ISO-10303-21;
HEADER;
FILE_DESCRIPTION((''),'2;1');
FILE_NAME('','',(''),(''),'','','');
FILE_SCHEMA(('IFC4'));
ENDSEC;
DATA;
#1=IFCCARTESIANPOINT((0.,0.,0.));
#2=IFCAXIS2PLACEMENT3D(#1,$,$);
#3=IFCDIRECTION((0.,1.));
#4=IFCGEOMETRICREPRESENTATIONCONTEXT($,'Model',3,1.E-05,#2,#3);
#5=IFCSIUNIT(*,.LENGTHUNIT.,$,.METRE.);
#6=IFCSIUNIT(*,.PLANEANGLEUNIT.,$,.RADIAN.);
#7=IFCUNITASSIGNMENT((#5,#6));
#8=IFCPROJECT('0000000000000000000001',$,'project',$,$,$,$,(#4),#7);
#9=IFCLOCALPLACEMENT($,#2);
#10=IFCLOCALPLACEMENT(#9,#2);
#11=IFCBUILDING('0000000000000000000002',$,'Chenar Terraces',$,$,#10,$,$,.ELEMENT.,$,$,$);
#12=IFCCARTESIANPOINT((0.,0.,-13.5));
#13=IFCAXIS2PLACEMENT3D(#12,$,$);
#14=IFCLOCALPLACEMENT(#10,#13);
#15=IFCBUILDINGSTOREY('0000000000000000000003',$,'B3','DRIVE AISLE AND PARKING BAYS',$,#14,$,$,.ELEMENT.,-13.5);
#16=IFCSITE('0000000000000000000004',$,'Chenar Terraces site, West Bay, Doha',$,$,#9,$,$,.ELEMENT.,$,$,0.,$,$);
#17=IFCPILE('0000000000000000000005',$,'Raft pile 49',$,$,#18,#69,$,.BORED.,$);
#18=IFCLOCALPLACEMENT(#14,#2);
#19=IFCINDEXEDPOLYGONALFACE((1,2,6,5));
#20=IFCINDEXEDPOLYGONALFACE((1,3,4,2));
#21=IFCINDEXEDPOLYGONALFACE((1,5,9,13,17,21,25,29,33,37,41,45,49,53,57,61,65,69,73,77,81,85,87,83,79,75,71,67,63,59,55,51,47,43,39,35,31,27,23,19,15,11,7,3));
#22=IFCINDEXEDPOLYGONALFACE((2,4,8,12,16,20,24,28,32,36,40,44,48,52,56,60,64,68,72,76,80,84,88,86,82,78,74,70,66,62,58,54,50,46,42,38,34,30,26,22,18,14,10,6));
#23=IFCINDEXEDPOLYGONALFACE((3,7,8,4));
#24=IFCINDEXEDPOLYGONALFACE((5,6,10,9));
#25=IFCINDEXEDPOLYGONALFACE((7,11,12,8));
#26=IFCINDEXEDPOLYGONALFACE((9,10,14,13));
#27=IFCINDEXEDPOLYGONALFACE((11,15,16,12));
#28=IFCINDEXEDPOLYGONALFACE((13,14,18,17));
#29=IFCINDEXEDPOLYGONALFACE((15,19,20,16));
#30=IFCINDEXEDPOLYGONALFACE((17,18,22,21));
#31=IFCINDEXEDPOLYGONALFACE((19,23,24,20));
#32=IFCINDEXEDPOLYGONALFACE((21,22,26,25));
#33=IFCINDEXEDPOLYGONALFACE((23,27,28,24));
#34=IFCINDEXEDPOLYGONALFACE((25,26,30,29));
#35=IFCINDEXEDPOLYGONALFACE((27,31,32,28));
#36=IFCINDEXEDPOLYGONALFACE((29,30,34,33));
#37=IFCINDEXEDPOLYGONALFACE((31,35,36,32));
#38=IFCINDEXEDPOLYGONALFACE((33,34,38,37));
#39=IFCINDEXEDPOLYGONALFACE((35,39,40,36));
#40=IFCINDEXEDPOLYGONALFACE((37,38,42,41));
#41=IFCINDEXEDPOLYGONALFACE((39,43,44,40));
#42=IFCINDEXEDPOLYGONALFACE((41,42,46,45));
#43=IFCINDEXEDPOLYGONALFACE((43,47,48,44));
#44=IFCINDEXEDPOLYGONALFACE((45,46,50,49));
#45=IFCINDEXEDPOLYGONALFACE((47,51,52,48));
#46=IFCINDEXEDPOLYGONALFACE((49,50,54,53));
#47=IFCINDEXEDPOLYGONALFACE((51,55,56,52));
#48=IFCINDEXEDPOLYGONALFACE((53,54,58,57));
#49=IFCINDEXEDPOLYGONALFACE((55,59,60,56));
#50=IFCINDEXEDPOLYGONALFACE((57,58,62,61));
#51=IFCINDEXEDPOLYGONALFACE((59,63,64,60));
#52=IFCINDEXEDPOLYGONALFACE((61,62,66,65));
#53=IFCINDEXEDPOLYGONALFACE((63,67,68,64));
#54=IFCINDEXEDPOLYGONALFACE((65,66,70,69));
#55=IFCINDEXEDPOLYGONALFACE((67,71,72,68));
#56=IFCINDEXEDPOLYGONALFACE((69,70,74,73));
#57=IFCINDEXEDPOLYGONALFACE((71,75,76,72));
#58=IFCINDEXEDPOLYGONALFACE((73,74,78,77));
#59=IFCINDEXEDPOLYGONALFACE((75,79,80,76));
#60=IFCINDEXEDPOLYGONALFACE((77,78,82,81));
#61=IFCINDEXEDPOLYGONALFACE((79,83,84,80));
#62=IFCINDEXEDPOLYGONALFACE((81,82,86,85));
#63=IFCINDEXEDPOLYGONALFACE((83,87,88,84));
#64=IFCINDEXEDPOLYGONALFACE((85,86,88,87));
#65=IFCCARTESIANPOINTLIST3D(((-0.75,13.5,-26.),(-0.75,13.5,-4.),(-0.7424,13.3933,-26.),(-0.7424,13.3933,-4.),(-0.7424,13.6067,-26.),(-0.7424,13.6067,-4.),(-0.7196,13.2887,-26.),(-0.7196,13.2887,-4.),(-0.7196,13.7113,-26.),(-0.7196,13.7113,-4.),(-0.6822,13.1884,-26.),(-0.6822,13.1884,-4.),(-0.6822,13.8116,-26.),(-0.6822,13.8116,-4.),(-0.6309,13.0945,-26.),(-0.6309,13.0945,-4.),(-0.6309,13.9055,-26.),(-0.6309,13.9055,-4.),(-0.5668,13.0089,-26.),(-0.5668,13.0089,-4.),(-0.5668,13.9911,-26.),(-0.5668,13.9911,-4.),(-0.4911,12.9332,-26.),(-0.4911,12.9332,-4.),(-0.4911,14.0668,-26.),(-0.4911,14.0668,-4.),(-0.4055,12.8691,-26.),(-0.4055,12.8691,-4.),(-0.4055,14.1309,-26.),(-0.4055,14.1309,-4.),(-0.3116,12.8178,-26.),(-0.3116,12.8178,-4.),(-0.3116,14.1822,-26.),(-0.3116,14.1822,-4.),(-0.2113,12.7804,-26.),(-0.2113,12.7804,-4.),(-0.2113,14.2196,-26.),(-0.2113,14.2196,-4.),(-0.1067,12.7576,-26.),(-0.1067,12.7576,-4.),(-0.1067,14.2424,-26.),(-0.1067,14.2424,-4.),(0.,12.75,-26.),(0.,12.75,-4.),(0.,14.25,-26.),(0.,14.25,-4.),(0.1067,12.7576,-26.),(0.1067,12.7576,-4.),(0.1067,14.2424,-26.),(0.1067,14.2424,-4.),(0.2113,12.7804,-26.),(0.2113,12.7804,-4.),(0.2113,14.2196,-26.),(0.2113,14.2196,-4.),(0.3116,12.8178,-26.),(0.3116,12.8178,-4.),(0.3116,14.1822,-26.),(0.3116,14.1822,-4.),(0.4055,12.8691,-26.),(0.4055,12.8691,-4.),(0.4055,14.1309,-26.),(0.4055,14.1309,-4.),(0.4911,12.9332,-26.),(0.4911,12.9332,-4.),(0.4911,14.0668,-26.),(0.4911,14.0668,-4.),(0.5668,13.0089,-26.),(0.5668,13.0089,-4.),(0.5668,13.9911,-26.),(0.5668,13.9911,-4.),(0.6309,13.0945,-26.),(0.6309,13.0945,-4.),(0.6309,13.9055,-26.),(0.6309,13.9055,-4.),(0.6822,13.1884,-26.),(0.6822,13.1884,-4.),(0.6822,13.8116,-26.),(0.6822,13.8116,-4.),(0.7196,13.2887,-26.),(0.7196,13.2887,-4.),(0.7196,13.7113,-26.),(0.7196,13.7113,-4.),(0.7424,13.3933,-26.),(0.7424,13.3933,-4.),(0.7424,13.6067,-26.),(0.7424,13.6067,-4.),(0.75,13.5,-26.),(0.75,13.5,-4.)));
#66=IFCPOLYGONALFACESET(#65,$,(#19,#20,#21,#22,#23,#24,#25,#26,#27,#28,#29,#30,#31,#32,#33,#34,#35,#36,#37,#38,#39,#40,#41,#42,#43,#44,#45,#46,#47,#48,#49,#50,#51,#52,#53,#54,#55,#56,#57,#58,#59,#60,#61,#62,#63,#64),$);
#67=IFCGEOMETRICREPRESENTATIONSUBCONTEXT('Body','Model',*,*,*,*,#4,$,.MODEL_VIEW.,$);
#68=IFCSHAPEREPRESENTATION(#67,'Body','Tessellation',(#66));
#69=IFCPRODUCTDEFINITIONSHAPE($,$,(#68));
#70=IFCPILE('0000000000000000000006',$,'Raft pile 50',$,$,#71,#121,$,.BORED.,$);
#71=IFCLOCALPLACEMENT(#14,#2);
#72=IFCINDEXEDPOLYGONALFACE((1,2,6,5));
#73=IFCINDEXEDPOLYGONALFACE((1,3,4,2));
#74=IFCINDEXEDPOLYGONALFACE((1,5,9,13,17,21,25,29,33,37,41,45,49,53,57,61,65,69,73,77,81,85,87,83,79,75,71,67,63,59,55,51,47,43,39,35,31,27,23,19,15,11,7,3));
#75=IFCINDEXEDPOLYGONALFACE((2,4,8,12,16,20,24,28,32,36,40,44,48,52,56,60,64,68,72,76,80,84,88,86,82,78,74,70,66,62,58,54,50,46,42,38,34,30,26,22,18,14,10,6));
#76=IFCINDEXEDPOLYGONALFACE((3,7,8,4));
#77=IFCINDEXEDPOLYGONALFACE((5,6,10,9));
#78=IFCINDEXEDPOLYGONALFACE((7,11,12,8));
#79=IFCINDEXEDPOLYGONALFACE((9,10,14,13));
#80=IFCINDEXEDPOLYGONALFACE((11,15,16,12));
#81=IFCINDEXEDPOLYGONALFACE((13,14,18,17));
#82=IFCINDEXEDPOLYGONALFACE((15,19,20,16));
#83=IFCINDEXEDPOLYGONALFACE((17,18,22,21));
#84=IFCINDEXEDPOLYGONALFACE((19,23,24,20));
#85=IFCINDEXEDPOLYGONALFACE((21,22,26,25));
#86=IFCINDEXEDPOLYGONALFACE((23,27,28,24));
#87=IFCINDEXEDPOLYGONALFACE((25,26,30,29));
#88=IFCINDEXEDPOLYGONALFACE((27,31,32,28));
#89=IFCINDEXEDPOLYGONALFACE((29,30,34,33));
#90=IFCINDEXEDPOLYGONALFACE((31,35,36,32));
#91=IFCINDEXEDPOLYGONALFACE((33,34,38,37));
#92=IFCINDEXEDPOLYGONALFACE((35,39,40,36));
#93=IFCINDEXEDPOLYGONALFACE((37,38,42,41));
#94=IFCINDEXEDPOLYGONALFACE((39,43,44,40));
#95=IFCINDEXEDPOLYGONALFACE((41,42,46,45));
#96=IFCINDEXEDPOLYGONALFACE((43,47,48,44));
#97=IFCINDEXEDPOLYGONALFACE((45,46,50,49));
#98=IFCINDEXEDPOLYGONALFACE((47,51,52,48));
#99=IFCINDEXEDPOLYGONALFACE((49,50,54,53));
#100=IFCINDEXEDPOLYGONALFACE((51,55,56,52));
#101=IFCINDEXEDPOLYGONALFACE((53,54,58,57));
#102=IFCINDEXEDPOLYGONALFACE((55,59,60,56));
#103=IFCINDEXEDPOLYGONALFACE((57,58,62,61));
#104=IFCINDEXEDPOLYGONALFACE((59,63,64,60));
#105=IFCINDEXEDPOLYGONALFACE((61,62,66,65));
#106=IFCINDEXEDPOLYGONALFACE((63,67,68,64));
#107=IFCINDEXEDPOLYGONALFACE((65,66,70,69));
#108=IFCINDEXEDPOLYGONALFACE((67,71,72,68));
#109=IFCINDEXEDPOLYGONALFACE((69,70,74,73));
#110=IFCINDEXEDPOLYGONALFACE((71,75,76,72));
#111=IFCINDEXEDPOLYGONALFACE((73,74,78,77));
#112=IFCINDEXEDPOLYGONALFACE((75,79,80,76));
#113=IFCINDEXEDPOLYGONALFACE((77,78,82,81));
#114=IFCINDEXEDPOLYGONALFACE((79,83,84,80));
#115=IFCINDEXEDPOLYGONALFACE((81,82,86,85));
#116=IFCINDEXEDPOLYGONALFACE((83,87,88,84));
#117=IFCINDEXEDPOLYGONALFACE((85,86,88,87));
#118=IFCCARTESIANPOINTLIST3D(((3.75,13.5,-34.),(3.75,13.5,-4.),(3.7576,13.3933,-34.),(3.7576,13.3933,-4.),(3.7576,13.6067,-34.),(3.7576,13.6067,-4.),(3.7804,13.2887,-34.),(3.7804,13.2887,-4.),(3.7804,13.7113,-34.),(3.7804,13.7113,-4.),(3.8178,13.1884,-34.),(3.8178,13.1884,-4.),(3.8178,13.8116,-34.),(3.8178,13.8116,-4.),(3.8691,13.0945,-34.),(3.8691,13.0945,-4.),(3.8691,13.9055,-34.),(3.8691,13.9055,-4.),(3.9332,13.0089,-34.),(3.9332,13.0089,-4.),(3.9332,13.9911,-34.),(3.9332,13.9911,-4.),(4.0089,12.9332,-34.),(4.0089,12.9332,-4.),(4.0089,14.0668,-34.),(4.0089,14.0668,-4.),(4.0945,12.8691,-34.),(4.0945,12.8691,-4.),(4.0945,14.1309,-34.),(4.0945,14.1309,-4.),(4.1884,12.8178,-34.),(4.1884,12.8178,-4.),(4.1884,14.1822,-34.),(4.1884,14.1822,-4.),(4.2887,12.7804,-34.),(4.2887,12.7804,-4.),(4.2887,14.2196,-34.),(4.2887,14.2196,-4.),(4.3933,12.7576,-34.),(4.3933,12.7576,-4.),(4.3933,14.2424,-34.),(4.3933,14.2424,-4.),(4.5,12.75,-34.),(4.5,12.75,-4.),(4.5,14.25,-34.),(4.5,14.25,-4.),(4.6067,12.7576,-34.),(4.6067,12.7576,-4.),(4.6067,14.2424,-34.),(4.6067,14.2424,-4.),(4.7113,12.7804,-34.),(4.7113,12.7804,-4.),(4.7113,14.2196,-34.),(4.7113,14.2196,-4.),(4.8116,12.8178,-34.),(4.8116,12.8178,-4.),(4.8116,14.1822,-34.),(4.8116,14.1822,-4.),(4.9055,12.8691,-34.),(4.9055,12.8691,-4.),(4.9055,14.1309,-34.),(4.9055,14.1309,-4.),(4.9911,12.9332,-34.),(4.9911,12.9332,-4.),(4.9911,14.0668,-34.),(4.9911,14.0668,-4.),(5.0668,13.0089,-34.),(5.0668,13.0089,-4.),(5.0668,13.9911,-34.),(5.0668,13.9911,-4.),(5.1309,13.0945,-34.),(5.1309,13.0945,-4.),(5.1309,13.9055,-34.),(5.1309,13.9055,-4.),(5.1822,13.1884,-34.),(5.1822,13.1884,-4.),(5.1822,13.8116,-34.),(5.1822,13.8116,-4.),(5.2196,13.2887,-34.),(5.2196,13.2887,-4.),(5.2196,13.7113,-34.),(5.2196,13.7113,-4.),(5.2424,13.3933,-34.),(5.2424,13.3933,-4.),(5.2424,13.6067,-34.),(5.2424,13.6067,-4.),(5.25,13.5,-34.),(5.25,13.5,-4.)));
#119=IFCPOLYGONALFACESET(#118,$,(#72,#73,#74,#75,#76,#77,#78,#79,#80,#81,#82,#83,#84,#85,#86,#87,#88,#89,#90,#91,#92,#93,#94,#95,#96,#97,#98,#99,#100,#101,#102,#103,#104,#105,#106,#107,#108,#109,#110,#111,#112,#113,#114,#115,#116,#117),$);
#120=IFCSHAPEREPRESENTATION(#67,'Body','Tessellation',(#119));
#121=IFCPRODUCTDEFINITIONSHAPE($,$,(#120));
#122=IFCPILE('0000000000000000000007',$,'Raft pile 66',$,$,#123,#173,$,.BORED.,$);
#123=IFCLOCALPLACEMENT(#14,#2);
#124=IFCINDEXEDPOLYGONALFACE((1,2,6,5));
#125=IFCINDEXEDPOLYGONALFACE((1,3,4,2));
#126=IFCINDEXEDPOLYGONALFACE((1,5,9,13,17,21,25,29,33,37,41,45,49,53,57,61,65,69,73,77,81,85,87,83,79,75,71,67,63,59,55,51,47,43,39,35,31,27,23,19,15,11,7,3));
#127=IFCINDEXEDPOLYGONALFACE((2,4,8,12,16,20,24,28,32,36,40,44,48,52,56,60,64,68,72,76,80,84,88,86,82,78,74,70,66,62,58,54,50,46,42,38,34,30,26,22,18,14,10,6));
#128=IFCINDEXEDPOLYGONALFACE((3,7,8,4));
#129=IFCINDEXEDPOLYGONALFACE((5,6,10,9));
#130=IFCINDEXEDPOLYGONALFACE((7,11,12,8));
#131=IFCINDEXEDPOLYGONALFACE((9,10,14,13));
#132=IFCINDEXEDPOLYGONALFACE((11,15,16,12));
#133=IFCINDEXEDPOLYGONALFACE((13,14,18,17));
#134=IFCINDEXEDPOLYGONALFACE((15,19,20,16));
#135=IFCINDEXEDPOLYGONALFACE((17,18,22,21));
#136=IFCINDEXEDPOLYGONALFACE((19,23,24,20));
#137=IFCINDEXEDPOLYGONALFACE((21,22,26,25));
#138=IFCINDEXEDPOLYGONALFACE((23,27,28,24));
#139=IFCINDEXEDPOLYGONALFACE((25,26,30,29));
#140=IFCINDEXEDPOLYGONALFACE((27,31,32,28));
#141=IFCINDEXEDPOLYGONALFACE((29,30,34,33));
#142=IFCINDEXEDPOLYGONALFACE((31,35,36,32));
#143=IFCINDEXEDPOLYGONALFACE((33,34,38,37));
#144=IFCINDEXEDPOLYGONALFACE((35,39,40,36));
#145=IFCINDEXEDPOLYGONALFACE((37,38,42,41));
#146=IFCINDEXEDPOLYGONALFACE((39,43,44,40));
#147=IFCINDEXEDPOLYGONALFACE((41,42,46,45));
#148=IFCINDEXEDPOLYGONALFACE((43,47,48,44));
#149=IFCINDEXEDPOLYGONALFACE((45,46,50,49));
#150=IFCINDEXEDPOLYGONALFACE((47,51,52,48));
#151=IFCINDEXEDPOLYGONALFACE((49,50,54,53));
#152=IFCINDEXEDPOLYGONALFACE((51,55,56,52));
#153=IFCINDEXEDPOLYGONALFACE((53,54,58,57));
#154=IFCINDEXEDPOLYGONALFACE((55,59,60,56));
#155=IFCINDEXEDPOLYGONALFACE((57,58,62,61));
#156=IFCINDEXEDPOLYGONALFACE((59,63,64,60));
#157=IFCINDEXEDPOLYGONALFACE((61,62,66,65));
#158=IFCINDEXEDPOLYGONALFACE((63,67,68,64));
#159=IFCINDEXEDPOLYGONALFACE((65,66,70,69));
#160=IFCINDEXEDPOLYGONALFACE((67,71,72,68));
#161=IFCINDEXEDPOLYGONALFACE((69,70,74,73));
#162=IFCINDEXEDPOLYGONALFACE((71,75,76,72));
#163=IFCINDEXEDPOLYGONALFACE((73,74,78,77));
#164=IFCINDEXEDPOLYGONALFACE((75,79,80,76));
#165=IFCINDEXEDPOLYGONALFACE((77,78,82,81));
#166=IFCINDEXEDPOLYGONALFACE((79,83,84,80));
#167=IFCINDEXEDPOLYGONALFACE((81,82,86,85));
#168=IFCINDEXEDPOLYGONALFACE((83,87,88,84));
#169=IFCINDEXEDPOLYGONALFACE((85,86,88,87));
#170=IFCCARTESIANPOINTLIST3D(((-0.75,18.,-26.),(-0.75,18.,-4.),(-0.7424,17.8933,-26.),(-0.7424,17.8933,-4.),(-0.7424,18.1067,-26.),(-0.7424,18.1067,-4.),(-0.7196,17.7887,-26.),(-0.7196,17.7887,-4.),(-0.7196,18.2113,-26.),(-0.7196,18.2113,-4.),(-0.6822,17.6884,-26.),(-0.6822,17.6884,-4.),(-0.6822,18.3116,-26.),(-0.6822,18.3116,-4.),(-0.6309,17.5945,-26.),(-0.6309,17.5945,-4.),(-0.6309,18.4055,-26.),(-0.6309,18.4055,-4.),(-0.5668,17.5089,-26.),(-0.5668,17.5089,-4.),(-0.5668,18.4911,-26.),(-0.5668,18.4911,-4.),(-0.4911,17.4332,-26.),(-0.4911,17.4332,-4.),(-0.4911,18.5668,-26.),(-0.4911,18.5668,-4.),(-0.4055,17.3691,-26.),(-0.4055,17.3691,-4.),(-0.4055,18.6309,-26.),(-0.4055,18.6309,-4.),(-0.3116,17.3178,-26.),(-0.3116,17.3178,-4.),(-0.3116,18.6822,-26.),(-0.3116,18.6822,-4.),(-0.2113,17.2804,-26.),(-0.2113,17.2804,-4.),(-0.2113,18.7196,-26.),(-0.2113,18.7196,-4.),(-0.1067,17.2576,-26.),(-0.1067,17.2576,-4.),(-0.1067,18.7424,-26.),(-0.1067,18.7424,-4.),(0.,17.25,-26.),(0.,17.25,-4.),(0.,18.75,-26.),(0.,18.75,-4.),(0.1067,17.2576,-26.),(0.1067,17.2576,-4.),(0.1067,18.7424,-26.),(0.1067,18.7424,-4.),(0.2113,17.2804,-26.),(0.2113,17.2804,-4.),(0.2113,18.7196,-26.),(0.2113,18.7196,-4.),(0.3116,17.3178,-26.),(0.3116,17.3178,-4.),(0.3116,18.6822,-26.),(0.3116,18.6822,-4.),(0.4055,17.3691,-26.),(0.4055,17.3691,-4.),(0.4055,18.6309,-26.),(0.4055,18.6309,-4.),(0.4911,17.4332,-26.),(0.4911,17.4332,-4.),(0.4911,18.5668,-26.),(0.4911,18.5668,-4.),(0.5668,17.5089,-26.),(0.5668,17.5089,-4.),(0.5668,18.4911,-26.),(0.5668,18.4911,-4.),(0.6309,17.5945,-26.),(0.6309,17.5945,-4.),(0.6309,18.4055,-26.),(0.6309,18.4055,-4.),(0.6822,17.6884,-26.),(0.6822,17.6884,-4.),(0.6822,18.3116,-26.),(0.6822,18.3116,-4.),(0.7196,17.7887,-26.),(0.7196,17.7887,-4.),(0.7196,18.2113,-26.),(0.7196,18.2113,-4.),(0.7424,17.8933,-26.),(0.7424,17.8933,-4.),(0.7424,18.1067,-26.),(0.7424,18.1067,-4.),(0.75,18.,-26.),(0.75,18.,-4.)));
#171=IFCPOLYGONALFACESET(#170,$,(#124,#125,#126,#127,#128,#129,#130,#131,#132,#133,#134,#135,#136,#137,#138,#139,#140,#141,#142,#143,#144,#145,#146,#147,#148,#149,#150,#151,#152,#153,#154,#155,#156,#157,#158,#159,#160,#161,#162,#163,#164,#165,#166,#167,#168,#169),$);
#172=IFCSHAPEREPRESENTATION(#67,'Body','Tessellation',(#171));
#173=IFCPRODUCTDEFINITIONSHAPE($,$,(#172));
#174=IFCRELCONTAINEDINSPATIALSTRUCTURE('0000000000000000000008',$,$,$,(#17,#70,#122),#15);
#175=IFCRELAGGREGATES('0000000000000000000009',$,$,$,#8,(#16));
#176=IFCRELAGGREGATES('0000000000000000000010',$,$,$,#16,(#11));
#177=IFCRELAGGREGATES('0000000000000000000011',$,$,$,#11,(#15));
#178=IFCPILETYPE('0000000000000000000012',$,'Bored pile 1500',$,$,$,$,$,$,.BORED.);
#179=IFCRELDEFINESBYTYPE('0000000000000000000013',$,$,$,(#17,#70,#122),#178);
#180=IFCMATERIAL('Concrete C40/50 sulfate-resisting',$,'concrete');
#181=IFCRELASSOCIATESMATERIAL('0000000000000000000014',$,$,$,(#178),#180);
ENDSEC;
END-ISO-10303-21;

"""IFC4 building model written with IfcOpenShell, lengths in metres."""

from ifc_helpers import new_model, si_unit, direction, frame, origin, origin_2d, place, context, subcontext, project, spatial, circle, extrude, material, material_profile, profile_set, type_object, element, save


model = new_model("IFC4")

# Units and contexts
model_context = context("Model", 3, precision=1e-05, world=origin(), true_north=direction((0.0, 1.0)))
body_context = subcontext(model_context, "Body", "Model", "MODEL_VIEW")
ifc_project = project(units=[si_unit("LENGTHUNIT", "METRE"), si_unit("PLANEANGLEUNIT", "RADIAN")], contexts=[model_context])

# Site, building, storey
site_placement = place(None, origin())
site = spatial("IfcSite", under=ifc_project, at=site_placement, Name="Chenar Terraces site, West Bay, Doha", CompositionType="ELEMENT", RefElevation=0.0)
building_placement = place(site_placement, origin())
building = spatial("IfcBuilding", under=site, at=building_placement, Name="Chenar Terraces", CompositionType="ELEMENT")
storey_placement = place(building_placement, frame((0.0, 0.0, -13.5)))
storey = spatial("IfcBuildingStorey", under=building, at=storey_placement, Name="B3", Description="DRIVE AISLE AND PARKING BAYS", CompositionType="ELEMENT", Elevation=-13.5)

# Piles
ifc_material_1 = material(Name="Concrete C40/50 sulfate-resisting", Category="concrete")
ifc_material_profile_1 = material_profile(ifc_material_1, circle(Radius=0.75, at=origin_2d()), Name="BP 1500")
ifc_profile_set_1 = profile_set([ifc_material_profile_1], Name="Concrete C40/50 sulfate-resisting")
pile_type_1 = type_object("IfcPileType", Name="Bored pile 1500", PredefinedType="BORED", material=ifc_profile_set_1)
pile_1_placement = place(storey_placement, frame((0.0, 13.5, -4.0), z_axis=(0.0, 0.0, -1.0), x_axis=(1.0, 0.0, 0.0)))
element("IfcPile", 1, at=pile_1_placement, inside=storey, type_object=pile_type_1, Name="Raft pile 49", PredefinedType="BORED", context=body_context, shape_type="SweptSolid", body=[
    extrude(circle(Radius=0.75, at=origin_2d()), origin(), (0.0, 0.0, 1.0), 22.0),
])
pile_2_placement = place(storey_placement, frame((4.5, 13.5, -4.0), z_axis=(0.0, 0.0, -1.0), x_axis=(1.0, 0.0, 0.0)))
element("IfcPile", 2, at=pile_2_placement, inside=storey, type_object=pile_type_1, Name="Raft pile 50", PredefinedType="BORED", context=body_context, shape_type="SweptSolid", body=[
    extrude(circle(Radius=0.75, at=origin_2d()), origin(), (0.0, 0.0, 1.0), 30.0),
])
pile_3_placement = place(storey_placement, frame((0.0, 18.0, -4.0), z_axis=(0.0, 0.0, -1.0), x_axis=(1.0, 0.0, 0.0)))
element("IfcPile", 3, at=pile_3_placement, inside=storey, type_object=pile_type_1, Name="Raft pile 66", PredefinedType="BORED", context=body_context, shape_type="SweptSolid", body=[
    extrude(circle(Radius=0.75, at=origin_2d()), origin(), (0.0, 0.0, 1.0), 22.0),
])

save(model, "model.ifc")
